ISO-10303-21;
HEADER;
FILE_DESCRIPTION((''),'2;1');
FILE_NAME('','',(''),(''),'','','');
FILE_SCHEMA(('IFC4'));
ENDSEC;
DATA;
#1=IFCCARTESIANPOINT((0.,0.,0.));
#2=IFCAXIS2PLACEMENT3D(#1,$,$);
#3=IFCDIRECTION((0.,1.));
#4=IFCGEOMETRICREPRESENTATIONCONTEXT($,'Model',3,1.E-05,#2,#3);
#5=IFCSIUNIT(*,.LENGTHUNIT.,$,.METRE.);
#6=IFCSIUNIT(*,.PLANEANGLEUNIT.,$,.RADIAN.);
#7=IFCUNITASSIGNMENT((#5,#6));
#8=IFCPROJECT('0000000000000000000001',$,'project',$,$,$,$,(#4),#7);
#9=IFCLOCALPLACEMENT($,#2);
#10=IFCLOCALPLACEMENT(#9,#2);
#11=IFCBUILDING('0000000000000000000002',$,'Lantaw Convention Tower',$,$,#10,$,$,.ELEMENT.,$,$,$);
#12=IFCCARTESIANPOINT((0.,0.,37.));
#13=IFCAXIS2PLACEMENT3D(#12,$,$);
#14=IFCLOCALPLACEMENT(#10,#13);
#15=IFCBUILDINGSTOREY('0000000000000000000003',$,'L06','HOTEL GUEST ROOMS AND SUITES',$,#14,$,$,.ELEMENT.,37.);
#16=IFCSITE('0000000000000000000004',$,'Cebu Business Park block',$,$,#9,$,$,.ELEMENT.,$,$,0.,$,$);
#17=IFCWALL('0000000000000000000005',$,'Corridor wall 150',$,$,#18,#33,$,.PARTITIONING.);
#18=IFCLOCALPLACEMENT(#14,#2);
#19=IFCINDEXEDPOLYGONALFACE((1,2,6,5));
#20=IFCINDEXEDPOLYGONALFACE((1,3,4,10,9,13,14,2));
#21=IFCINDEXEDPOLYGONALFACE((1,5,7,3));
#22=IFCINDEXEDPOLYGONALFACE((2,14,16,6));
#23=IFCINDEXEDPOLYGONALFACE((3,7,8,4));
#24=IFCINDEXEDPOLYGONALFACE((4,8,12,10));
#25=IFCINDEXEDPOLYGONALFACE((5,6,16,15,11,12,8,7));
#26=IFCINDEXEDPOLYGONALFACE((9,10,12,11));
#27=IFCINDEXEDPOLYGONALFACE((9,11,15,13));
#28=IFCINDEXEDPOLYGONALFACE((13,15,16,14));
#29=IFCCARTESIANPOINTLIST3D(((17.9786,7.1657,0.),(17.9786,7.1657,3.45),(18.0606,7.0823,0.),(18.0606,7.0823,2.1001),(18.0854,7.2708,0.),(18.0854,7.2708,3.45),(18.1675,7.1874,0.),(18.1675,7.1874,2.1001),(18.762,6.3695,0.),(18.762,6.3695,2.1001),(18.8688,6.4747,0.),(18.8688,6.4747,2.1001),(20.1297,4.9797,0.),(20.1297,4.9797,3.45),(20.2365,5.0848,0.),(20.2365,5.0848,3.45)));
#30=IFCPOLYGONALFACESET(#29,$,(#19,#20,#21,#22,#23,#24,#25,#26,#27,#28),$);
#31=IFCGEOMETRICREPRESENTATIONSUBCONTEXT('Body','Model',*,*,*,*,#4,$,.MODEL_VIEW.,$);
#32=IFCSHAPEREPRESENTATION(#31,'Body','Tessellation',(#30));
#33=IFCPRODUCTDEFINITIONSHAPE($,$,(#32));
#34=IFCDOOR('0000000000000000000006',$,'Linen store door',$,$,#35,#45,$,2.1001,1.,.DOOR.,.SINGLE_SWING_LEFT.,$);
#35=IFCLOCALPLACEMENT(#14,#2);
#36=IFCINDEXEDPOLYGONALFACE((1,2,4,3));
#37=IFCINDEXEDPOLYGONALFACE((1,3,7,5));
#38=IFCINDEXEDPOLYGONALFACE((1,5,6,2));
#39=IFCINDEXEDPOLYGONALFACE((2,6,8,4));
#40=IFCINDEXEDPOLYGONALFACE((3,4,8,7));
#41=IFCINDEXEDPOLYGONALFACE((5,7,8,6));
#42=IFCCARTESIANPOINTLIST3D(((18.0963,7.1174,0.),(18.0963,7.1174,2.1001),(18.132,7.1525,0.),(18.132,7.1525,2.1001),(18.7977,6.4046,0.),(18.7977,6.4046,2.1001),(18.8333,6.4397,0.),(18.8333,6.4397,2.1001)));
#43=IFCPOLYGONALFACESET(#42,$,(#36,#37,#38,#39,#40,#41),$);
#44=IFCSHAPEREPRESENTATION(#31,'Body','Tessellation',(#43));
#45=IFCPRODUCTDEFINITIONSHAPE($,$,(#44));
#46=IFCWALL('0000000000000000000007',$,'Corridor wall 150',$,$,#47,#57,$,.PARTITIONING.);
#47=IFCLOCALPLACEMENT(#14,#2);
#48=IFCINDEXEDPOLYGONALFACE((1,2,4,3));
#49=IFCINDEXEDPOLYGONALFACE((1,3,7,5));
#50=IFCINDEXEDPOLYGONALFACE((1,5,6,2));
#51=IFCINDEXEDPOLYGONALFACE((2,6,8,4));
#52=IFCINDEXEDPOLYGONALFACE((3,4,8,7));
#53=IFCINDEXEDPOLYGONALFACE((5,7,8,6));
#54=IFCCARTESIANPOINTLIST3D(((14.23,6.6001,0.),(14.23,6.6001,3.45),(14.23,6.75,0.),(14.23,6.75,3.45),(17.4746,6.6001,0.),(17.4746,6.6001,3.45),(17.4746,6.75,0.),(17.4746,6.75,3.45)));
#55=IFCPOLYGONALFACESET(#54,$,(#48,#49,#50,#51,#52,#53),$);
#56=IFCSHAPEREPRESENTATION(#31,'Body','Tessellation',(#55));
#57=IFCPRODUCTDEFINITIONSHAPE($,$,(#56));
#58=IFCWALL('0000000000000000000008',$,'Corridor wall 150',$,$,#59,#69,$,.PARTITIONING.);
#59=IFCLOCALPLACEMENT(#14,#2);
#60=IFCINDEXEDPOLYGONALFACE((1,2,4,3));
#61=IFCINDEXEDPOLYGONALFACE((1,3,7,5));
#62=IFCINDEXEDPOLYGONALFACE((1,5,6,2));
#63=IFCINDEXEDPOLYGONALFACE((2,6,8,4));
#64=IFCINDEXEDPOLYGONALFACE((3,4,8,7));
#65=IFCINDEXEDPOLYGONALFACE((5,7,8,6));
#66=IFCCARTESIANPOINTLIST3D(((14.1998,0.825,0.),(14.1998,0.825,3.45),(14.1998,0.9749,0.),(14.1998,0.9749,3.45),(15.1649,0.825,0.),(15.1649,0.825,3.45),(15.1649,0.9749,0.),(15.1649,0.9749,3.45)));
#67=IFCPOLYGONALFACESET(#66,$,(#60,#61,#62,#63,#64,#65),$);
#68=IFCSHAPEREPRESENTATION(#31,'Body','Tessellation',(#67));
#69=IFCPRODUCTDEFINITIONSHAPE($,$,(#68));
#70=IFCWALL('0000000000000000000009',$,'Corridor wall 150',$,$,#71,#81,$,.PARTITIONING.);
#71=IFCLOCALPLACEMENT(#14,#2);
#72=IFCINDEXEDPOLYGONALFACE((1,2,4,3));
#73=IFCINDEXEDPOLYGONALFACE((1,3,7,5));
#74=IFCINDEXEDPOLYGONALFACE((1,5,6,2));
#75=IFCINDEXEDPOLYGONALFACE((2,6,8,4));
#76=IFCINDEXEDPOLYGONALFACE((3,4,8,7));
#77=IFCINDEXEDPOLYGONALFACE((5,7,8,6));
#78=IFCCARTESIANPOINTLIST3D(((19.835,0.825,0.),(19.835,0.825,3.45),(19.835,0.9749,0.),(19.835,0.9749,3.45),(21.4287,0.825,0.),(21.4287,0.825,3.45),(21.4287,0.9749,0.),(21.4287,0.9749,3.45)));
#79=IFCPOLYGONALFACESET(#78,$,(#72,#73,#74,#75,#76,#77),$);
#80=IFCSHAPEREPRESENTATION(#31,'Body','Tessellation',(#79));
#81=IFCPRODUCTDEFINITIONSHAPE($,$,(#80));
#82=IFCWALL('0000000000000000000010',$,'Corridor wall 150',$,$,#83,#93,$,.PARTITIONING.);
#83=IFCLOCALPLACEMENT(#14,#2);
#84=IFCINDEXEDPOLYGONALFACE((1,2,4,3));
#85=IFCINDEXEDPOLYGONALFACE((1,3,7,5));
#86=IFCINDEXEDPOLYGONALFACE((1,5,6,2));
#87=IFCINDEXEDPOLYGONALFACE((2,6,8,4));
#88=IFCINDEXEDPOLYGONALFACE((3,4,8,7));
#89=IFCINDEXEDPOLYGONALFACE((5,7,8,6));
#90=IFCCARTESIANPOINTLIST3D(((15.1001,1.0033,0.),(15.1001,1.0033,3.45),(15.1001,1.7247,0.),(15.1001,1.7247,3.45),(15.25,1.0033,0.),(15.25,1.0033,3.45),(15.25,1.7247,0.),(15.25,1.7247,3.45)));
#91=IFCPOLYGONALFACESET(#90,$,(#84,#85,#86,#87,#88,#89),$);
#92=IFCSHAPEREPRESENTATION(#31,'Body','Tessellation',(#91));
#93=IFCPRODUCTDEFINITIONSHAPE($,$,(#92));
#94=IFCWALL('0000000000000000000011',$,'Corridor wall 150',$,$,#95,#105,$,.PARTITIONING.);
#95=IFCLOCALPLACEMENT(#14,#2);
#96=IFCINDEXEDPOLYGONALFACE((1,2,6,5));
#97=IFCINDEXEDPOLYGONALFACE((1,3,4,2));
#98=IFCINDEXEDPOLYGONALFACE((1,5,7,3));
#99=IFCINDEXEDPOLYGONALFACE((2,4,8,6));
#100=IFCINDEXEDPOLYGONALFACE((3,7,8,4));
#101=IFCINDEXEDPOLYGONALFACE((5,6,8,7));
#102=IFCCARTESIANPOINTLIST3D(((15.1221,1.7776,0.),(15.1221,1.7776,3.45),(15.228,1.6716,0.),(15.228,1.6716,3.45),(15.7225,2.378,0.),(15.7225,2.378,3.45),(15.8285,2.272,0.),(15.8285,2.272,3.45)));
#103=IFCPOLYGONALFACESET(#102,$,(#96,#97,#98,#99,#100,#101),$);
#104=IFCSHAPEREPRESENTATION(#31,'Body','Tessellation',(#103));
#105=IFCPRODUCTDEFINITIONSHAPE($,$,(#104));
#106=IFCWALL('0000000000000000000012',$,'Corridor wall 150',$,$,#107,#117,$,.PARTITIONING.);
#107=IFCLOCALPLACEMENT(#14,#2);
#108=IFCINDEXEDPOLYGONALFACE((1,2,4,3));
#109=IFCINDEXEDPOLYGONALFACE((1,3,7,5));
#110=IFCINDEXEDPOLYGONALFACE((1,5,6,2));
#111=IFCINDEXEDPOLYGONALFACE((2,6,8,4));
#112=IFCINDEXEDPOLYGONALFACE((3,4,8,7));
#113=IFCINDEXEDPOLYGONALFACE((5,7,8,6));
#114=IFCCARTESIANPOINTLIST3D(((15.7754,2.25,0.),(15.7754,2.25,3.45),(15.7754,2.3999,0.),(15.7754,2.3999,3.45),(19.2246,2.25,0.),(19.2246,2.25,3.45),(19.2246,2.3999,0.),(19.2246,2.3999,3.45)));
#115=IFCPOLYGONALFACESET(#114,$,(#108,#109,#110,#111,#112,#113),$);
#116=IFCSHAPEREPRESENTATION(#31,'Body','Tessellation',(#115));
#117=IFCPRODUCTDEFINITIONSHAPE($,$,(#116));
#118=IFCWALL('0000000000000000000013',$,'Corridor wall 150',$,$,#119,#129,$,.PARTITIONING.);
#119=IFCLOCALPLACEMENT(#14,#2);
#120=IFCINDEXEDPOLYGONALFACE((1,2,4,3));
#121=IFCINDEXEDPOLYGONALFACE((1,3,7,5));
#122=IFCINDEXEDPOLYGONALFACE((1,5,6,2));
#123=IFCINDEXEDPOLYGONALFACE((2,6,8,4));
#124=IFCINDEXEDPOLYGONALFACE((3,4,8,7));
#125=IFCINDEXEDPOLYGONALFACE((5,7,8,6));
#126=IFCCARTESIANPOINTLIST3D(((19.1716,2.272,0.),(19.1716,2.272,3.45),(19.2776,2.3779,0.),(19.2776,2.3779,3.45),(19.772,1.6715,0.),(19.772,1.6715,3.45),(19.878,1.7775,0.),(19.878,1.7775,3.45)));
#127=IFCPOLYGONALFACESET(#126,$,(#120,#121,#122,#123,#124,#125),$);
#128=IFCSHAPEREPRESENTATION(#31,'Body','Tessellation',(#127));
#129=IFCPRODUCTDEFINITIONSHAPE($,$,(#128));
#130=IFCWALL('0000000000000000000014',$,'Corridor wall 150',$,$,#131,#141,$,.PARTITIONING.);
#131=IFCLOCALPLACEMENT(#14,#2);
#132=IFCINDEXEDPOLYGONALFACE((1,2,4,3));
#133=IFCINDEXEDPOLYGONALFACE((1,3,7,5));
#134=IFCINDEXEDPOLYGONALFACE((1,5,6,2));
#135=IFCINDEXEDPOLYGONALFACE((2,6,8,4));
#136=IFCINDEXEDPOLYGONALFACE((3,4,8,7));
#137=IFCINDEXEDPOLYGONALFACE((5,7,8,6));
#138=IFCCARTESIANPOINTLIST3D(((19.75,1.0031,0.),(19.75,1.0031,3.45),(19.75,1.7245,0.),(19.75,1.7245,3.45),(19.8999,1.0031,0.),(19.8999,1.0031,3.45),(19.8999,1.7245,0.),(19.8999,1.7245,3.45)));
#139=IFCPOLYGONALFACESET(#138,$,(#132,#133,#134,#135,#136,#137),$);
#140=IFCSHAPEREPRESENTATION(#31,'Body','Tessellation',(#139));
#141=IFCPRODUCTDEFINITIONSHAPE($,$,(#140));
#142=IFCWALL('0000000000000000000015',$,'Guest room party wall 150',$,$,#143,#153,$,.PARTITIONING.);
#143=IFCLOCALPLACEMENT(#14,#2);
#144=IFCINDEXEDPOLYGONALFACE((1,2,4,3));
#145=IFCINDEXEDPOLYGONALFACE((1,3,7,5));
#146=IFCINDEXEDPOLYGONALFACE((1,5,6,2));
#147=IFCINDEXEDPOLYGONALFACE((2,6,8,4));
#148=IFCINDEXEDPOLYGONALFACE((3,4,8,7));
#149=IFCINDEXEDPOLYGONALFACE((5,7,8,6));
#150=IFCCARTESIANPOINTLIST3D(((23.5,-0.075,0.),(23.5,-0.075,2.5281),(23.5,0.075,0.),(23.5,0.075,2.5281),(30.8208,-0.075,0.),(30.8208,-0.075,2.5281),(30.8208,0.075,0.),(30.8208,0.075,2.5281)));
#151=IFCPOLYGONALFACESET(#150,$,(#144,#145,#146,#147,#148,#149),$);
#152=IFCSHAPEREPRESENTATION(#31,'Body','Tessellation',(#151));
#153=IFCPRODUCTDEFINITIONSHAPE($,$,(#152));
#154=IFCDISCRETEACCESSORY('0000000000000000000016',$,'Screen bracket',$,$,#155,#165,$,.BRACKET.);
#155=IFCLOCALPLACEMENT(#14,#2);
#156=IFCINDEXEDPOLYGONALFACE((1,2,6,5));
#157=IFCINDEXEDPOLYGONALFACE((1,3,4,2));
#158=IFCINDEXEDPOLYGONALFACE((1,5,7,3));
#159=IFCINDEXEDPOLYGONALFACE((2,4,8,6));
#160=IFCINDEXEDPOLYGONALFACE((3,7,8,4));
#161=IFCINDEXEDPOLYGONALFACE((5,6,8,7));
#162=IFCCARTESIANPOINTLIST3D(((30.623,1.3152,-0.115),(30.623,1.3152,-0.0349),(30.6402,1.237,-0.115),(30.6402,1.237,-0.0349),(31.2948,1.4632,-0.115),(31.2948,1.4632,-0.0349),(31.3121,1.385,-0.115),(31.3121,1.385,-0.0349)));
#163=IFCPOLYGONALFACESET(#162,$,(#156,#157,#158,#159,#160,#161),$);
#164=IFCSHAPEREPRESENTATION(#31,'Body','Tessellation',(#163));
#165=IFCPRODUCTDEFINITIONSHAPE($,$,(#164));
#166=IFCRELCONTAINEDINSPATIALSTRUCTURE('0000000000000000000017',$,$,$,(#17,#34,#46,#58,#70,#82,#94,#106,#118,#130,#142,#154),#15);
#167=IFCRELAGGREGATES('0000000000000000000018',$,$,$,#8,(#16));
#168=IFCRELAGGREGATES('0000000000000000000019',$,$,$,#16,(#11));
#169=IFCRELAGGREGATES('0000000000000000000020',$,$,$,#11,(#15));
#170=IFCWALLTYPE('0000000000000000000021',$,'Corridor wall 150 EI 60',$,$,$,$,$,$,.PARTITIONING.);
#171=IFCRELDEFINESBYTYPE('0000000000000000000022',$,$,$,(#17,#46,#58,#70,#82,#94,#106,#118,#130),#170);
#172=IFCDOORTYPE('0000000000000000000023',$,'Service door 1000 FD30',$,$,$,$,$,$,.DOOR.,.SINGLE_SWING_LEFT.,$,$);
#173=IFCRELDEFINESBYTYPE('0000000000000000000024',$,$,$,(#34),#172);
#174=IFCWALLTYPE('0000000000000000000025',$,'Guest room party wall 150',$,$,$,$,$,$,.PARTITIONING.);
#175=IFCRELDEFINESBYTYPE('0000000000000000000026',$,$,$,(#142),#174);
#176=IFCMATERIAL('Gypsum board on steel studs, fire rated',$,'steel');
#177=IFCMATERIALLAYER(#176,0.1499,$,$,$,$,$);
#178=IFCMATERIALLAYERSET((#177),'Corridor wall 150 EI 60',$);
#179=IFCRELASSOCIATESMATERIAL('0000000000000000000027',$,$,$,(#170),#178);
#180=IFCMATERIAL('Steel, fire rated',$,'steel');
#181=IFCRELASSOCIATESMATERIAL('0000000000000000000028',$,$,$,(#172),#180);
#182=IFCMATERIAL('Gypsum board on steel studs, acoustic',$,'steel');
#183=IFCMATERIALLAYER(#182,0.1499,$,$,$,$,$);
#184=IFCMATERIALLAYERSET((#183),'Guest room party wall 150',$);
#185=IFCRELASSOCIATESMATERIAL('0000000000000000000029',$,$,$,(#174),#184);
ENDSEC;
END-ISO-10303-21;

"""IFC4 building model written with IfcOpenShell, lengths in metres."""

from ifc_helpers import new_model, si_unit, direction, frame, frame_2d, origin, origin_2d, place, context, subcontext, project, spatial, rectangle, extrude, material, layer, layer_set, type_object, element, fill, save


model = new_model("IFC4")

# Units and contexts
model_context = context("Model", 3, precision=1e-05, world=origin(), true_north=direction((0.0, 1.0)))
body_context = subcontext(model_context, "Body", "Model", "MODEL_VIEW")
ifc_project = project(units=[si_unit("LENGTHUNIT", "METRE"), si_unit("PLANEANGLEUNIT", "RADIAN")], contexts=[model_context])

# Site, building, storey
site_placement = place(None, origin())
site = spatial("IfcSite", under=ifc_project, at=site_placement, Name="Cebu Business Park block", CompositionType="ELEMENT", RefElevation=0.0)
building_placement = place(site_placement, origin())
building = spatial("IfcBuilding", under=site, at=building_placement, Name="Lantaw Convention Tower", CompositionType="ELEMENT")
storey_placement = place(building_placement, frame((0.0, 0.0, 37.0)))
storey = spatial("IfcBuildingStorey", under=building, at=storey_placement, Name="L06", Description="HOTEL GUEST ROOMS AND SUITES", CompositionType="ELEMENT", Elevation=37.0)

# Shared definitions
ifc_material_1 = material(Name="Gypsum board on steel studs, fire rated", Category="steel")
ifc_layer_1 = layer(ifc_material_1, 0.1499)
ifc_layer_set_1 = layer_set([ifc_layer_1], Name="Corridor wall 150 EI 60")
wall_type_1 = type_object("IfcWallType", Name="Corridor wall 150 EI 60", PredefinedType="PARTITIONING", material=ifc_layer_set_1)
ifc_material_2 = material(Name="Steel, fire rated", Category="steel")

# Wall, opening, door
wall_1_placement = place(storey_placement, frame((20.1831, 5.0322, 0.0), z_axis=(0.0, 0.0, 1.0), x_axis=(-0.701392, 0.712776, 0.0)))
wall_1 = element("IfcWall", 1, at=wall_1_placement, inside=storey, type_object=wall_type_1, Name="Corridor wall 150", PredefinedType="PARTITIONING", context=body_context, shape_type="SweptSolid", body=[
    extrude(rectangle(XDim=3.0669, YDim=0.1499, at=frame_2d((1.5334, 0.0))), origin(), (0.0, 0.0, 1.0), 3.45),
])
opening_1_placement = place(wall_1_placement, frame((1.95, 0.0, 0.0)))
opening_1 = element("IfcOpeningElement", 2, at=opening_1_placement, cuts=wall_1, PredefinedType="OPENING", context=body_context, shape_type="SweptSolid", body=[
    extrude(rectangle(XDim=1.0, YDim=2.1001, at=frame_2d((0.5, 1.05))), frame((0.0, 0.085, 0.0), z_axis=(0.0, -1.0, 0.0), x_axis=(1.0, 0.0, 0.0)), (0.0, 0.0, 1.0), 0.1699),
])
door_type_1 = type_object("IfcDoorType", Name="Service door 1000 FD30", OperationType="SINGLE_SWING_LEFT", PredefinedType="DOOR", material=ifc_material_2)
door_1_placement = place(opening_1_placement, origin())
door_1 = element("IfcDoor", 3, at=door_1_placement, inside=storey, type_object=door_type_1, Name="Linen store door", OperationType="SINGLE_SWING_LEFT", OverallHeight=2.1001, OverallWidth=1.0, PredefinedType="DOOR", context=body_context, shape_type="SweptSolid", body=[
    extrude(rectangle(XDim=1.0, YDim=2.1001, at=frame_2d((0.5, 1.05))), frame((0.0, 0.0249, 0.0), z_axis=(0.0, -1.0, 0.0), x_axis=(1.0, 0.0, 0.0)), (0.0, 0.0, 1.0), 0.05),
])
fill(opening_1, door_1)

# Walls
wall_2_placement = place(storey_placement, frame((17.4746, 6.675, 0.0), z_axis=(0.0, 0.0, 1.0), x_axis=(-1.0, 0.0, 0.0)))
element("IfcWall", 4, at=wall_2_placement, inside=storey, type_object=wall_type_1, Name="Corridor wall 150", PredefinedType="PARTITIONING", context=body_context, shape_type="SweptSolid", body=[
    extrude(rectangle(XDim=3.2446, YDim=0.1499, at=frame_2d((1.6223, 0.0))), origin(), (0.0, 0.0, 1.0), 3.45),
])
wall_3_placement = place(storey_placement, frame((14.2, 0.8999, 0.0), z_axis=(0.0, 0.0, 1.0), x_axis=(1.0, 0.0, 0.0)))
element("IfcWall", 5, at=wall_3_placement, inside=storey, type_object=wall_type_1, Name="Corridor wall 150", PredefinedType="PARTITIONING", context=body_context, shape_type="SweptSolid", body=[
    extrude(rectangle(XDim=0.9651, YDim=0.1499, at=frame_2d((0.4824, 0.0))), origin(), (0.0, 0.0, 1.0), 3.45),
])
wall_4_placement = place(storey_placement, frame((19.835, 0.8999, 0.0), z_axis=(0.0, 0.0, 1.0), x_axis=(1.0, 0.0, 0.0)))
element("IfcWall", 6, at=wall_4_placement, inside=storey, type_object=wall_type_1, Name="Corridor wall 150", PredefinedType="PARTITIONING", context=body_context, shape_type="SweptSolid", body=[
    extrude(rectangle(XDim=1.5938, YDim=0.1499, at=frame_2d((0.7969, 0.0))), origin(), (0.0, 0.0, 1.0), 3.45),
])
wall_5_placement = place(storey_placement, frame((15.175, 1.0032, 0.0), z_axis=(0.0, 0.0, 1.0), x_axis=(0.0, 1.0, 0.0)))
element("IfcWall", 7, at=wall_5_placement, inside=storey, type_object=wall_type_1, Name="Corridor wall 150", PredefinedType="PARTITIONING", context=body_context, shape_type="SweptSolid", body=[
    extrude(rectangle(XDim=0.7214, YDim=0.1499, at=frame_2d((0.3608, 0.0))), origin(), (0.0, 0.0, 1.0), 3.45),
])
wall_6_placement = place(storey_placement, frame((15.175, 1.7246, 0.0), z_axis=(0.0, 0.0, 1.0), x_axis=(0.707107, 0.707107, 0.0)))
element("IfcWall", 8, at=wall_6_placement, inside=storey, type_object=wall_type_1, Name="Corridor wall 150", PredefinedType="PARTITIONING", context=body_context, shape_type="SweptSolid", body=[
    extrude(rectangle(XDim=0.8491, YDim=0.1499, at=frame_2d((0.4246, 0.0))), origin(), (0.0, 0.0, 1.0), 3.45),
])
wall_7_placement = place(storey_placement, frame((15.7754, 2.325, 0.0), z_axis=(0.0, 0.0, 1.0), x_axis=(1.0, 0.0, 0.0)))
element("IfcWall", 9, at=wall_7_placement, inside=storey, type_object=wall_type_1, Name="Corridor wall 150", PredefinedType="PARTITIONING", context=body_context, shape_type="SweptSolid", body=[
    extrude(rectangle(XDim=3.4492, YDim=0.1499, at=frame_2d((1.7246, 0.0))), origin(), (0.0, 0.0, 1.0), 3.45),
])
wall_8_placement = place(storey_placement, frame((19.2246, 2.325, 0.0), z_axis=(0.0, 0.0, 1.0), x_axis=(0.707107, -0.707107, 0.0)))
element("IfcWall", 10, at=wall_8_placement, inside=storey, type_object=wall_type_1, Name="Corridor wall 150", PredefinedType="PARTITIONING", context=body_context, shape_type="SweptSolid", body=[
    extrude(rectangle(XDim=0.8491, YDim=0.1499, at=frame_2d((0.4246, 0.0))), origin(), (0.0, 0.0, 1.0), 3.45),
])
wall_9_placement = place(storey_placement, frame((19.825, 1.7246, 0.0), z_axis=(0.0, 0.0, 1.0), x_axis=(0.0, -1.0, 0.0)))
element("IfcWall", 11, at=wall_9_placement, inside=storey, type_object=wall_type_1, Name="Corridor wall 150", PredefinedType="PARTITIONING", context=body_context, shape_type="SweptSolid", body=[
    extrude(rectangle(XDim=0.7214, YDim=0.1499, at=frame_2d((0.3608, 0.0))), origin(), (0.0, 0.0, 1.0), 3.45),
])
ifc_material_3 = material(Name="Gypsum board on steel studs, acoustic", Category="steel")
ifc_layer_2 = layer(ifc_material_3, 0.1499)
ifc_layer_set_2 = layer_set([ifc_layer_2], Name="Guest room party wall 150")
wall_type_2 = type_object("IfcWallType", Name="Guest room party wall 150", PredefinedType="PARTITIONING", material=ifc_layer_set_2)
wall_10_placement = place(storey_placement, frame((30.8208, 0.0, 0.0), z_axis=(0.0, 0.0, 1.0), x_axis=(-1.0, 0.0, 0.0)))
element("IfcWall", 12, at=wall_10_placement, inside=storey, type_object=wall_type_2, Name="Guest room party wall 150", PredefinedType="PARTITIONING", context=body_context, shape_type="SweptSolid", body=[
    extrude(rectangle(XDim=7.3208, YDim=0.1499, at=frame_2d((3.6604, 0.0))), origin(), (0.0, 0.0, 1.0), 2.5281),
])

# Discrete accessory
discrete_accessory_placement = place(storey_placement, frame((30.9675, 1.3501, -0.115), z_axis=(0.0, 0.0, 1.0), x_axis=(-0.215246, 0.97656, 0.0)))
element("IfcDiscreteAccessory", 13, at=discrete_accessory_placement, inside=storey, Name="Screen bracket", PredefinedType="BRACKET", context=body_context, shape_type="SweptSolid", body=[
    extrude(rectangle(XDim=0.0801, YDim=0.688, at=origin_2d()), origin(), (0.0, 0.0, 1.0), 0.0801),
])

save(model, "model.ifc")
